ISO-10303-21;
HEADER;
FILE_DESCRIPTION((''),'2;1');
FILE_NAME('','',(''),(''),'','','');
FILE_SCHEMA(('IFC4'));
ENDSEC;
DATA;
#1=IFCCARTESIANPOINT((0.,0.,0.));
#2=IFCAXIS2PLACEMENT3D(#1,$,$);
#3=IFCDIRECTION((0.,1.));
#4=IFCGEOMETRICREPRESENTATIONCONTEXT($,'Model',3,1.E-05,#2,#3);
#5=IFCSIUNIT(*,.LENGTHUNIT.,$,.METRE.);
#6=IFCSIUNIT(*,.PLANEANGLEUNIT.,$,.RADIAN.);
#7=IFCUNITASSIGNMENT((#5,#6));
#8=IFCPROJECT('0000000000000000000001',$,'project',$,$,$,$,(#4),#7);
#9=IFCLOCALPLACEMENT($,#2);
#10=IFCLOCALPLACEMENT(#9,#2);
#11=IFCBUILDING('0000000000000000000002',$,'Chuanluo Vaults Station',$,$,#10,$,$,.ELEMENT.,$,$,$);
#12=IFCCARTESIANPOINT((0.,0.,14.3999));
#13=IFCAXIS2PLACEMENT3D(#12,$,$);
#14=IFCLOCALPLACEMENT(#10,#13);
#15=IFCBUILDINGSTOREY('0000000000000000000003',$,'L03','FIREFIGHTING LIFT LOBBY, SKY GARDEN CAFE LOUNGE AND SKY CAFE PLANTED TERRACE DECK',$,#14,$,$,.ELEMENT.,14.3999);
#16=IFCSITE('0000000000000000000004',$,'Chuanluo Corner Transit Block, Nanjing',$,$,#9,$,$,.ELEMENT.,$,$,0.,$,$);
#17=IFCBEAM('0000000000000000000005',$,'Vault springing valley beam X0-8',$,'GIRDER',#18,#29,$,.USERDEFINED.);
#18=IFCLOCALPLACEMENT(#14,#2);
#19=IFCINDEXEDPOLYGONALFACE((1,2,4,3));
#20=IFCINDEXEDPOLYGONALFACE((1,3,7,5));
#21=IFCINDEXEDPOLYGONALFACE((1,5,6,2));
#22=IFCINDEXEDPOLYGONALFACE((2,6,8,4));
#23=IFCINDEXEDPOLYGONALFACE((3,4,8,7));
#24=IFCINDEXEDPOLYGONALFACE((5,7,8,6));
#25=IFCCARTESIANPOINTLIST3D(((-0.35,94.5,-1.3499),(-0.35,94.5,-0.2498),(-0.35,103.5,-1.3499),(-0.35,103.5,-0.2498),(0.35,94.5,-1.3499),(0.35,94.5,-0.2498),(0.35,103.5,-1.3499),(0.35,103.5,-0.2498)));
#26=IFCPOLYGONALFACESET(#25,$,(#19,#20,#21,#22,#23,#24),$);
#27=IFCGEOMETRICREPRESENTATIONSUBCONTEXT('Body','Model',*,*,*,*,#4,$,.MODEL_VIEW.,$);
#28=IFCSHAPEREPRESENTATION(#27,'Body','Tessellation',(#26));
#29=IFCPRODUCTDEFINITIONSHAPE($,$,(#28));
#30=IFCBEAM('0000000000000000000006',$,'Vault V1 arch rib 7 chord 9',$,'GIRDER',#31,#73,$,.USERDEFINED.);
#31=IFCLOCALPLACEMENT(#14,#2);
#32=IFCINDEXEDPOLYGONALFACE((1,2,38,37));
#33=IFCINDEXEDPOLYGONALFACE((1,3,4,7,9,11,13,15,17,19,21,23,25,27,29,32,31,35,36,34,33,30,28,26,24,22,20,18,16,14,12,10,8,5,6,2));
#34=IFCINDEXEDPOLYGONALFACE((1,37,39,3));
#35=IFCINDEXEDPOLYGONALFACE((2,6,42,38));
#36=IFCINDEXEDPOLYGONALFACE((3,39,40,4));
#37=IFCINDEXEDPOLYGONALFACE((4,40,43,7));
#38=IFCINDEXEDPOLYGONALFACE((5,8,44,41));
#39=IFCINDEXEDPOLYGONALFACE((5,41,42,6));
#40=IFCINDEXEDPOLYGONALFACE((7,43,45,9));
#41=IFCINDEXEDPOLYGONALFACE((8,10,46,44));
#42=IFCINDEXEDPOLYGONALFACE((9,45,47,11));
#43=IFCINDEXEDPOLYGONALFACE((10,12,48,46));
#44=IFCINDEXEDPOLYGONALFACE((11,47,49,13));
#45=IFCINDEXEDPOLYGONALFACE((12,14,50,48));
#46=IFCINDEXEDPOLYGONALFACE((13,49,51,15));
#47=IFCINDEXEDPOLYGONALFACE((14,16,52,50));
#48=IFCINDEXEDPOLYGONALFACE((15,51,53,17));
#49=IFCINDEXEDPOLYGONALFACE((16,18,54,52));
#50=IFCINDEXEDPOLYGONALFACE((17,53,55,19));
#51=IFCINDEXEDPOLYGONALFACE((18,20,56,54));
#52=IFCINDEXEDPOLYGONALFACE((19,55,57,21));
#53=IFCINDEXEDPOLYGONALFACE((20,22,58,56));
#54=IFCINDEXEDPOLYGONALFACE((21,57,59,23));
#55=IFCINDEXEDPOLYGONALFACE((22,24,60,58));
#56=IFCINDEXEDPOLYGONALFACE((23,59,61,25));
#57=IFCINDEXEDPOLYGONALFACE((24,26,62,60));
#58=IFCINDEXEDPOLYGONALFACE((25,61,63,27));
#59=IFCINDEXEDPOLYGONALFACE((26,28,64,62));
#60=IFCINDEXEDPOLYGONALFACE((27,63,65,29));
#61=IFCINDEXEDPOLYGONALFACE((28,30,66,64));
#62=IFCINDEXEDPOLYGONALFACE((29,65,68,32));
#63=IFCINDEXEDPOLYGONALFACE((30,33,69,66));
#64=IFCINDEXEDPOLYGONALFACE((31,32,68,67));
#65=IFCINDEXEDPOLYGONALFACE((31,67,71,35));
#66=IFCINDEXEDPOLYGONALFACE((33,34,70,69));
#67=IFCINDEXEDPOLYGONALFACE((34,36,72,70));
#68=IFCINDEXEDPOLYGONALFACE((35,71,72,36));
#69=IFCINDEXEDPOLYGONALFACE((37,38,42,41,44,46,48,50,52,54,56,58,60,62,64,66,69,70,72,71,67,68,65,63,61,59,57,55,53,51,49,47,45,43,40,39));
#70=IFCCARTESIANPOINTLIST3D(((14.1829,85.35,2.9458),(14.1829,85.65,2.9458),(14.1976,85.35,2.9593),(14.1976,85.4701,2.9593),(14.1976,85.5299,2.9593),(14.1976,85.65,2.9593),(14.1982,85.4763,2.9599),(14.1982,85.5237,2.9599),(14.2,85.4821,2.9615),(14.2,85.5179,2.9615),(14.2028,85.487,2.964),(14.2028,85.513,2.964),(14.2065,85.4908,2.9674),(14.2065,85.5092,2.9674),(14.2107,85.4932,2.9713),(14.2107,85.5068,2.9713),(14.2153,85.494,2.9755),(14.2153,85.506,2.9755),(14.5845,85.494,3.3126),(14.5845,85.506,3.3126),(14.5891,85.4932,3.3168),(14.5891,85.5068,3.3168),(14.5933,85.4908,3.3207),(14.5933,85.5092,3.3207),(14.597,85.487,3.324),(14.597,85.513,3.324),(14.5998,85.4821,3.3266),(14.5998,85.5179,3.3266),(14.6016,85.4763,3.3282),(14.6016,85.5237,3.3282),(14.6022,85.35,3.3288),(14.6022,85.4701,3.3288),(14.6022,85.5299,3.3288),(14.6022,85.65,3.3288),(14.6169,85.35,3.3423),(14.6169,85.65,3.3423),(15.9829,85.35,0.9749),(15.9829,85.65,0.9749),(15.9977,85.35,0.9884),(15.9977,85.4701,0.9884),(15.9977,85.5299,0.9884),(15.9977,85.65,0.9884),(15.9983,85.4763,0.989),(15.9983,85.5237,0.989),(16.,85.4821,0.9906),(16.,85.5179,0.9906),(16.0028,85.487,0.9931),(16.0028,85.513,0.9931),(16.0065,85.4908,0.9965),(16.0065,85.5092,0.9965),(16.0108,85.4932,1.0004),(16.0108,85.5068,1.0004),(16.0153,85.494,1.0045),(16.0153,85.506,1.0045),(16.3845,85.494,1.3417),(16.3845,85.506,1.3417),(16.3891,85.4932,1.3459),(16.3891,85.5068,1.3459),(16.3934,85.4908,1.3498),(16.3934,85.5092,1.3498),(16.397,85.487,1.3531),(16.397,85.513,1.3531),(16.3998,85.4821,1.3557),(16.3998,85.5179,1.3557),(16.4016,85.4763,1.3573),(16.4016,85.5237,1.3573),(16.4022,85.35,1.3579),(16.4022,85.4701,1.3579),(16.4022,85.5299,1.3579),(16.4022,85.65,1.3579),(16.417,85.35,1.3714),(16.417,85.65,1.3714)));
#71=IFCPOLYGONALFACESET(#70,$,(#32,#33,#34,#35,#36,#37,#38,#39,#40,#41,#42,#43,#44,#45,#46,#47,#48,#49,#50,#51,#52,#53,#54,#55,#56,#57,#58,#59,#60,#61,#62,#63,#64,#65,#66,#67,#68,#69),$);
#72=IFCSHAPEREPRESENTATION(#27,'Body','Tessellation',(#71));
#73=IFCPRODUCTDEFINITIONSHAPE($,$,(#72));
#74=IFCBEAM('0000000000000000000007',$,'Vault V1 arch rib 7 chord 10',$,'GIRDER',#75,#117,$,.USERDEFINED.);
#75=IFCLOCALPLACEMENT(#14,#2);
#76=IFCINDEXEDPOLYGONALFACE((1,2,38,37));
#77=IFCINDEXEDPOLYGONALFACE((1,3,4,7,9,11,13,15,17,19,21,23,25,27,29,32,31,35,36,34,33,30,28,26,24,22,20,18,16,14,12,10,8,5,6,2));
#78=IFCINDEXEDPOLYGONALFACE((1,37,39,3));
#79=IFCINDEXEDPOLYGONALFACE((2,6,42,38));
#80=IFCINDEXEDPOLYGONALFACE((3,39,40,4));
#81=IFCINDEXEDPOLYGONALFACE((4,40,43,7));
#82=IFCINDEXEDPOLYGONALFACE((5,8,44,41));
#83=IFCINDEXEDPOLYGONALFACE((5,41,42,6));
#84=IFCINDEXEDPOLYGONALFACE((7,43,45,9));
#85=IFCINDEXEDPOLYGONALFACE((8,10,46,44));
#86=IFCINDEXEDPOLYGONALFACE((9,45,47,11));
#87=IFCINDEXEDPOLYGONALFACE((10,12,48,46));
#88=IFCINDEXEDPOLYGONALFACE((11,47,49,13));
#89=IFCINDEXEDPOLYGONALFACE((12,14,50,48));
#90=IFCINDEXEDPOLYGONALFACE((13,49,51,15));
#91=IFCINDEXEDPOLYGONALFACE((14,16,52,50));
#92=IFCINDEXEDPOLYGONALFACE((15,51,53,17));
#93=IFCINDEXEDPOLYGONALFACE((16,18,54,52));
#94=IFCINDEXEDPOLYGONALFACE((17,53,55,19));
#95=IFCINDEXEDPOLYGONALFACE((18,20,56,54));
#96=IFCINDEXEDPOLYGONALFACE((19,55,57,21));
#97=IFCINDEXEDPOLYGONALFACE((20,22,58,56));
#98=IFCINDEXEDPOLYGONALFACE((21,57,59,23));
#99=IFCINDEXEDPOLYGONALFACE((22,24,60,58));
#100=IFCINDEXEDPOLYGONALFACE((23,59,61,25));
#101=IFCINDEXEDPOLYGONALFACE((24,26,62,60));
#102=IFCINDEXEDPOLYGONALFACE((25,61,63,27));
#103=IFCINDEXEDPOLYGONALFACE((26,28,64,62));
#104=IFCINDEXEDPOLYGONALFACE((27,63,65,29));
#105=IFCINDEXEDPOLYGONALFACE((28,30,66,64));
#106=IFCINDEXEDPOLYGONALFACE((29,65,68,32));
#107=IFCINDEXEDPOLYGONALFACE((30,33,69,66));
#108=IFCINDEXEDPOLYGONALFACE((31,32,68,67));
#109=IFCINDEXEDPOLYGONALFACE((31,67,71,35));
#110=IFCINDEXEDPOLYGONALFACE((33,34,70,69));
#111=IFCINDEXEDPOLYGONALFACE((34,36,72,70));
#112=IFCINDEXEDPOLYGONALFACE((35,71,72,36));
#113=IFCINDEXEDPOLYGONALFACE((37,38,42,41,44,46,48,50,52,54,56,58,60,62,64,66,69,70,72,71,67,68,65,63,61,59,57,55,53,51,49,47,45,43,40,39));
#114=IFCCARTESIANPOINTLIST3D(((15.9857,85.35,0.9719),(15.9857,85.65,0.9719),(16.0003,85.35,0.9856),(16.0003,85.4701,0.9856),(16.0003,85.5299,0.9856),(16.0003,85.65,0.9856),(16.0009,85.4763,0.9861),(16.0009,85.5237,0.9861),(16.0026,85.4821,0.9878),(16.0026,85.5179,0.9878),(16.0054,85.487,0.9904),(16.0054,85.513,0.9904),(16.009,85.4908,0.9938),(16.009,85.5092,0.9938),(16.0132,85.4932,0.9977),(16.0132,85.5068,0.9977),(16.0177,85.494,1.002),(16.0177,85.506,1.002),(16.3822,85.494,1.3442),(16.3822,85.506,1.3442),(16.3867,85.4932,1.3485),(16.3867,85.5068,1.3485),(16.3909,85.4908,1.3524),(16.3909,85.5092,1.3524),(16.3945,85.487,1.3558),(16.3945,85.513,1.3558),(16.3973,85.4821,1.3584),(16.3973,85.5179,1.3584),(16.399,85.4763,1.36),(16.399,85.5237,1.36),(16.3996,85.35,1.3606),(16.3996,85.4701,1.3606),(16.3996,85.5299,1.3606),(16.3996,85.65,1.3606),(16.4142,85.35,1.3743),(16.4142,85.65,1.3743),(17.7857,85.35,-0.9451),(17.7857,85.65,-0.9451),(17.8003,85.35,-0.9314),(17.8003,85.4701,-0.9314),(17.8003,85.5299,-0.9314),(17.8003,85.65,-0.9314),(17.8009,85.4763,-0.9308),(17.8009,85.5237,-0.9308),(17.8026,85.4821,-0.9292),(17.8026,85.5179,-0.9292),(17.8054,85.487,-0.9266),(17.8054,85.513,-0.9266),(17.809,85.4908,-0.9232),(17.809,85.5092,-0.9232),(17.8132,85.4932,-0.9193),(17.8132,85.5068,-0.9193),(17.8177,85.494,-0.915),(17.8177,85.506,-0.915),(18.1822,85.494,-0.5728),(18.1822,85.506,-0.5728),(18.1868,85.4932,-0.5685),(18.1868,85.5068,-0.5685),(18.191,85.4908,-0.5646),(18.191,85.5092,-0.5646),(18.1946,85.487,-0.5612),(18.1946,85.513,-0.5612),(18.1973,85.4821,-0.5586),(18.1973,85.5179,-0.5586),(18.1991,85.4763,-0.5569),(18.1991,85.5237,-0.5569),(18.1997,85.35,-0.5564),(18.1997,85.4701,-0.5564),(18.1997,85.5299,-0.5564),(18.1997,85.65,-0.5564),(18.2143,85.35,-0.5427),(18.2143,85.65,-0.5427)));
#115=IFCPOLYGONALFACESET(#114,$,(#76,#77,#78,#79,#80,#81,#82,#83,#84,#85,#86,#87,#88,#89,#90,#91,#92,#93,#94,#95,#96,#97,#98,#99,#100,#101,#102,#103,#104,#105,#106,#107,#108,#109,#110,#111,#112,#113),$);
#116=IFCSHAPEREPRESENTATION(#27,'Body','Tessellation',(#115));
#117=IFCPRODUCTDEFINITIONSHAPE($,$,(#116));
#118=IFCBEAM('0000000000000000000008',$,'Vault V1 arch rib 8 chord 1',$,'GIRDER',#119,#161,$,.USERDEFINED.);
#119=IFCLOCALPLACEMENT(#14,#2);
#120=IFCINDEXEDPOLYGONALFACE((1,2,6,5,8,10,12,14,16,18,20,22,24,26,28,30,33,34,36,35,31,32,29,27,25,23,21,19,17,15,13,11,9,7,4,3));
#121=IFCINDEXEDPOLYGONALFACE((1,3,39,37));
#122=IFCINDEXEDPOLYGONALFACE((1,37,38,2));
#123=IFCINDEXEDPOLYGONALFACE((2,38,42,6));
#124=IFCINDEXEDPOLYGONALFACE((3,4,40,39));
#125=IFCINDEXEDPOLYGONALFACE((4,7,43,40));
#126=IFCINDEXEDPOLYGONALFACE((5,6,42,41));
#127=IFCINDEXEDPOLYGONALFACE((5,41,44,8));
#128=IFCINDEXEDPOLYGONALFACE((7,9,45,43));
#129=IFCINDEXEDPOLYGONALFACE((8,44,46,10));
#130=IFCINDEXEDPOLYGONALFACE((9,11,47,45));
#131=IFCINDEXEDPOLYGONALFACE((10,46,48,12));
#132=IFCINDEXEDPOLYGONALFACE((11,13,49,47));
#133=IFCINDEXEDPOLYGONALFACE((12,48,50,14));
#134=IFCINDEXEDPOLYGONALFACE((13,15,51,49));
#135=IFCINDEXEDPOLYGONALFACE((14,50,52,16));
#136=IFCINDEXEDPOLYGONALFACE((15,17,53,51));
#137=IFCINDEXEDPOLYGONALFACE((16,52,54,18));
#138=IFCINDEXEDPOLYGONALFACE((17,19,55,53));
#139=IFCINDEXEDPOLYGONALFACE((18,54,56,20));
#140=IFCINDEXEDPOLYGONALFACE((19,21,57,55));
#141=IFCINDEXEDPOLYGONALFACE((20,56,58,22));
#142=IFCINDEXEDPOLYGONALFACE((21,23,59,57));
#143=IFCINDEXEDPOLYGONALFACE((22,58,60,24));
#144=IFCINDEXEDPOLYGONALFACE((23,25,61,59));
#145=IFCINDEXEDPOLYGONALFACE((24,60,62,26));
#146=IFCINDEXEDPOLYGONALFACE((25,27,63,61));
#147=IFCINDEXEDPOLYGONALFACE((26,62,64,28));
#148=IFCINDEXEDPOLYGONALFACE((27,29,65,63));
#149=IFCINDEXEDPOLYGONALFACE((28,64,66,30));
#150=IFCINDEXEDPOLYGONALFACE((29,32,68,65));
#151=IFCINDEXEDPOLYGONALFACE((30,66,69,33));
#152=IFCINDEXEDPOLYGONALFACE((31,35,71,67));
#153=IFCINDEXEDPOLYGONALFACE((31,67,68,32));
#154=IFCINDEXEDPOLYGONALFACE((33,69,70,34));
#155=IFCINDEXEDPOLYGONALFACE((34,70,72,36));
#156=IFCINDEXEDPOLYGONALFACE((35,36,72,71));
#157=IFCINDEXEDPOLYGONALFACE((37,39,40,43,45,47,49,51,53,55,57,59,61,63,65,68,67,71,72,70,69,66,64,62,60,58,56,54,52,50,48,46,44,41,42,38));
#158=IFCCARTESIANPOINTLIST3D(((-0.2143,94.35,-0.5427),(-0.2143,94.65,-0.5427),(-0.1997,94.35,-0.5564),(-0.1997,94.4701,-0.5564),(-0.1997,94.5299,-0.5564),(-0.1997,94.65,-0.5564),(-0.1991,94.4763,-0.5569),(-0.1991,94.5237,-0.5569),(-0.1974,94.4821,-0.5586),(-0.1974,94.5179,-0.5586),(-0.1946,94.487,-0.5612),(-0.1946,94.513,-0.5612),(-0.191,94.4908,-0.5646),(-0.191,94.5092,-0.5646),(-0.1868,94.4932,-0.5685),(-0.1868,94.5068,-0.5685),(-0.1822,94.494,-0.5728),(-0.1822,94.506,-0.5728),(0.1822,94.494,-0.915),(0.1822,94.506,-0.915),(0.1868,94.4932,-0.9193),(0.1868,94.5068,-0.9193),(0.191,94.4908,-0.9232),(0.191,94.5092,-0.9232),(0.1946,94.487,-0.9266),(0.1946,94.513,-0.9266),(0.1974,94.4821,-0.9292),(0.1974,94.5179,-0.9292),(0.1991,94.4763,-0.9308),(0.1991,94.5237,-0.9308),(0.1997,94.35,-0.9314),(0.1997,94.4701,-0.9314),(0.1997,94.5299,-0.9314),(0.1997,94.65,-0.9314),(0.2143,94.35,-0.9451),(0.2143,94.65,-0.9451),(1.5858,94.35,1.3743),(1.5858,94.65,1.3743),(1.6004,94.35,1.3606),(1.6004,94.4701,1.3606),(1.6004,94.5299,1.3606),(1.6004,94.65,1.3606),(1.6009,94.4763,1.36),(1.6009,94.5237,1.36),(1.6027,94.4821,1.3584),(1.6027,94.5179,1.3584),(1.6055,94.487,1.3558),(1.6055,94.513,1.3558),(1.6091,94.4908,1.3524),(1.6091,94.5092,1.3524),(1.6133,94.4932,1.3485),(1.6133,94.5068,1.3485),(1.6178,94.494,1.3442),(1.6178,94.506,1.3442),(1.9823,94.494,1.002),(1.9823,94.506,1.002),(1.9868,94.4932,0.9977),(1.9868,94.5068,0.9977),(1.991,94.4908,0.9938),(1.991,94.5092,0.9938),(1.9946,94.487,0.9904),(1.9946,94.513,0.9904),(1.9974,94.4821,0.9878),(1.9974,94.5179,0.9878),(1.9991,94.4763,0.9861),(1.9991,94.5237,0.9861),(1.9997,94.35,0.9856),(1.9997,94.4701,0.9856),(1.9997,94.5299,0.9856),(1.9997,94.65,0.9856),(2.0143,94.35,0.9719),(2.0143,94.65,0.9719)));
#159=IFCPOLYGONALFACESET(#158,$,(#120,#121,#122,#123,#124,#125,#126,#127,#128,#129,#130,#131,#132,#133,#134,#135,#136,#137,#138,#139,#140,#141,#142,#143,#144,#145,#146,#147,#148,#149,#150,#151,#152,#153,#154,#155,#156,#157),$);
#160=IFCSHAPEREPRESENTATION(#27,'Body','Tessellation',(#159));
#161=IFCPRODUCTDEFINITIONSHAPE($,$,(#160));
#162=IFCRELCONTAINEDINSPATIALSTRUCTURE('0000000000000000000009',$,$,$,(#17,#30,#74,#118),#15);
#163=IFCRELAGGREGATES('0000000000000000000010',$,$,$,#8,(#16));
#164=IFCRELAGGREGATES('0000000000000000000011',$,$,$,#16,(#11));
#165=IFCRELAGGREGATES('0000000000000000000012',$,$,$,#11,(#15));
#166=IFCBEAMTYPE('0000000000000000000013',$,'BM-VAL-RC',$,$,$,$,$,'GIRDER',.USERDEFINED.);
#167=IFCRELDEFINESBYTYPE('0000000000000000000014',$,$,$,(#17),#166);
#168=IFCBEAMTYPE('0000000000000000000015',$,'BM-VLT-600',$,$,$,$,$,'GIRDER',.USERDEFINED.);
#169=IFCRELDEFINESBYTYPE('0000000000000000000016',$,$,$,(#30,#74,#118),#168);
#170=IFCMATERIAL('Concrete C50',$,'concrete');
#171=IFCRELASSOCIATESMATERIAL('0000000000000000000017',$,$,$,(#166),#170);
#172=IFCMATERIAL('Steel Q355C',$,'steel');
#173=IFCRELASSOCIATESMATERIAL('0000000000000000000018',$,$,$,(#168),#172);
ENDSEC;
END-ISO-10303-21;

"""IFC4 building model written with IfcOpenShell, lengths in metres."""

from ifc_helpers import new_model, si_unit, direction, frame, origin, origin_2d, place, context, subcontext, project, spatial, rectangle, i_section, extrude, material, material_profile, profile_set, type_object, element, save


model = new_model("IFC4")

# Units and contexts
model_context = context("Model", 3, precision=1e-05, world=origin(), true_north=direction((0.0, 1.0)))
body_context = subcontext(model_context, "Body", "Model", "MODEL_VIEW")
ifc_project = project(units=[si_unit("LENGTHUNIT", "METRE"), si_unit("PLANEANGLEUNIT", "RADIAN")], contexts=[model_context])

# Site, building, storey
site_placement = place(None, origin())
site = spatial("IfcSite", under=ifc_project, at=site_placement, Name="Chuanluo Corner Transit Block, Nanjing", CompositionType="ELEMENT", RefElevation=0.0)
building_placement = place(site_placement, origin())
building = spatial("IfcBuilding", under=site, at=building_placement, Name="Chuanluo Vaults Station", CompositionType="ELEMENT")
storey_placement = place(building_placement, frame((0.0, 0.0, 14.3999)))
storey = spatial("IfcBuildingStorey", under=building, at=storey_placement, Name="L03", Description="FIREFIGHTING LIFT LOBBY, SKY GARDEN CAFE LOUNGE AND SKY CAFE PLANTED TERRACE DECK", CompositionType="ELEMENT", Elevation=14.3999)

# Beams
ifc_material_1 = material(Name="Concrete C50", Category="concrete")
ifc_material_profile_1 = material_profile(ifc_material_1, rectangle(XDim=0.7, YDim=1.1001, at=origin_2d()))
ifc_profile_set_1 = profile_set([ifc_material_profile_1], Name="Concrete C50")
beam_type_1 = type_object("IfcBeamType", Name="BM-VAL-RC", ElementType="GIRDER", PredefinedType="USERDEFINED", material=ifc_profile_set_1)
beam_1_placement = place(storey_placement, frame((0.0, 94.5, -0.7998), z_axis=(0.0, 1.0, 0.0), x_axis=(-1.0, 0.0, 0.0)))
element("IfcBeam", 1, at=beam_1_placement, inside=storey, type_object=beam_type_1, Name="Vault springing valley beam X0-8", ObjectType="GIRDER", PredefinedType="USERDEFINED", context=body_context, shape_type="SweptSolid", body=[
    extrude(rectangle(XDim=0.7, YDim=1.1001, at=origin_2d()), origin(), (0.0, 0.0, 1.0), 9.0),
])
ifc_material_2 = material(Name="Steel Q355C", Category="steel")
ifc_material_profile_2 = material_profile(ifc_material_2, i_section(OverallWidth=0.3, OverallDepth=0.5879, WebThickness=0.012, FlangeThickness=0.02, FilletRadius=0.0239, at=origin_2d()))
ifc_profile_set_2 = profile_set([ifc_material_profile_2], Name="Steel Q355C")
beam_type_2 = type_object("IfcBeamType", Name="BM-VLT-600", ElementType="GIRDER", PredefinedType="USERDEFINED", material=ifc_profile_set_2)
beam_2_placement = place(storey_placement, frame((14.3999, 85.5, 3.144), z_axis=(0.674369, 0.0, -0.738394), x_axis=(0.0, 1.0, 0.0)))
element("IfcBeam", 2, at=beam_2_placement, inside=storey, type_object=beam_type_2, Name="Vault V1 arch rib 7 chord 9", ObjectType="GIRDER", PredefinedType="USERDEFINED", context=body_context, shape_type="SweptSolid", body=[
    extrude(i_section(OverallWidth=0.3, OverallDepth=0.5879, WebThickness=0.012, FlangeThickness=0.02, FilletRadius=0.0239, at=origin_2d()), origin(), (0.0, 0.0, 1.0), 2.6692),
])
for number, where, z_axis, x_axis, name in (
    (3, (16.2, 85.5, 1.1731), (0.684522, 0.0, -0.728993), (0.0, 1.0, 0.0), "Vault V1 arch rib 7 chord 10"),
    (4, (0.0, 94.5, -0.7439), (0.684522, 0.0, 0.728993), (0.0, 1.0, 0.0), "Vault V1 arch rib 8 chord 1"),
):
    element("IfcBeam", number, at=place(storey_placement, frame(where, z_axis=z_axis, x_axis=x_axis)), inside=storey, type_object=beam_type_2, Name=name, ObjectType="GIRDER", PredefinedType="USERDEFINED", context=body_context, shape_type="SweptSolid", body=[
        extrude(i_section(OverallWidth=0.3, OverallDepth=0.5879, WebThickness=0.012, FlangeThickness=0.02, FilletRadius=0.0239, at=origin_2d()), origin(), (0.0, 0.0, 1.0), 2.6296),
    ])

save(model, "model.ifc")
